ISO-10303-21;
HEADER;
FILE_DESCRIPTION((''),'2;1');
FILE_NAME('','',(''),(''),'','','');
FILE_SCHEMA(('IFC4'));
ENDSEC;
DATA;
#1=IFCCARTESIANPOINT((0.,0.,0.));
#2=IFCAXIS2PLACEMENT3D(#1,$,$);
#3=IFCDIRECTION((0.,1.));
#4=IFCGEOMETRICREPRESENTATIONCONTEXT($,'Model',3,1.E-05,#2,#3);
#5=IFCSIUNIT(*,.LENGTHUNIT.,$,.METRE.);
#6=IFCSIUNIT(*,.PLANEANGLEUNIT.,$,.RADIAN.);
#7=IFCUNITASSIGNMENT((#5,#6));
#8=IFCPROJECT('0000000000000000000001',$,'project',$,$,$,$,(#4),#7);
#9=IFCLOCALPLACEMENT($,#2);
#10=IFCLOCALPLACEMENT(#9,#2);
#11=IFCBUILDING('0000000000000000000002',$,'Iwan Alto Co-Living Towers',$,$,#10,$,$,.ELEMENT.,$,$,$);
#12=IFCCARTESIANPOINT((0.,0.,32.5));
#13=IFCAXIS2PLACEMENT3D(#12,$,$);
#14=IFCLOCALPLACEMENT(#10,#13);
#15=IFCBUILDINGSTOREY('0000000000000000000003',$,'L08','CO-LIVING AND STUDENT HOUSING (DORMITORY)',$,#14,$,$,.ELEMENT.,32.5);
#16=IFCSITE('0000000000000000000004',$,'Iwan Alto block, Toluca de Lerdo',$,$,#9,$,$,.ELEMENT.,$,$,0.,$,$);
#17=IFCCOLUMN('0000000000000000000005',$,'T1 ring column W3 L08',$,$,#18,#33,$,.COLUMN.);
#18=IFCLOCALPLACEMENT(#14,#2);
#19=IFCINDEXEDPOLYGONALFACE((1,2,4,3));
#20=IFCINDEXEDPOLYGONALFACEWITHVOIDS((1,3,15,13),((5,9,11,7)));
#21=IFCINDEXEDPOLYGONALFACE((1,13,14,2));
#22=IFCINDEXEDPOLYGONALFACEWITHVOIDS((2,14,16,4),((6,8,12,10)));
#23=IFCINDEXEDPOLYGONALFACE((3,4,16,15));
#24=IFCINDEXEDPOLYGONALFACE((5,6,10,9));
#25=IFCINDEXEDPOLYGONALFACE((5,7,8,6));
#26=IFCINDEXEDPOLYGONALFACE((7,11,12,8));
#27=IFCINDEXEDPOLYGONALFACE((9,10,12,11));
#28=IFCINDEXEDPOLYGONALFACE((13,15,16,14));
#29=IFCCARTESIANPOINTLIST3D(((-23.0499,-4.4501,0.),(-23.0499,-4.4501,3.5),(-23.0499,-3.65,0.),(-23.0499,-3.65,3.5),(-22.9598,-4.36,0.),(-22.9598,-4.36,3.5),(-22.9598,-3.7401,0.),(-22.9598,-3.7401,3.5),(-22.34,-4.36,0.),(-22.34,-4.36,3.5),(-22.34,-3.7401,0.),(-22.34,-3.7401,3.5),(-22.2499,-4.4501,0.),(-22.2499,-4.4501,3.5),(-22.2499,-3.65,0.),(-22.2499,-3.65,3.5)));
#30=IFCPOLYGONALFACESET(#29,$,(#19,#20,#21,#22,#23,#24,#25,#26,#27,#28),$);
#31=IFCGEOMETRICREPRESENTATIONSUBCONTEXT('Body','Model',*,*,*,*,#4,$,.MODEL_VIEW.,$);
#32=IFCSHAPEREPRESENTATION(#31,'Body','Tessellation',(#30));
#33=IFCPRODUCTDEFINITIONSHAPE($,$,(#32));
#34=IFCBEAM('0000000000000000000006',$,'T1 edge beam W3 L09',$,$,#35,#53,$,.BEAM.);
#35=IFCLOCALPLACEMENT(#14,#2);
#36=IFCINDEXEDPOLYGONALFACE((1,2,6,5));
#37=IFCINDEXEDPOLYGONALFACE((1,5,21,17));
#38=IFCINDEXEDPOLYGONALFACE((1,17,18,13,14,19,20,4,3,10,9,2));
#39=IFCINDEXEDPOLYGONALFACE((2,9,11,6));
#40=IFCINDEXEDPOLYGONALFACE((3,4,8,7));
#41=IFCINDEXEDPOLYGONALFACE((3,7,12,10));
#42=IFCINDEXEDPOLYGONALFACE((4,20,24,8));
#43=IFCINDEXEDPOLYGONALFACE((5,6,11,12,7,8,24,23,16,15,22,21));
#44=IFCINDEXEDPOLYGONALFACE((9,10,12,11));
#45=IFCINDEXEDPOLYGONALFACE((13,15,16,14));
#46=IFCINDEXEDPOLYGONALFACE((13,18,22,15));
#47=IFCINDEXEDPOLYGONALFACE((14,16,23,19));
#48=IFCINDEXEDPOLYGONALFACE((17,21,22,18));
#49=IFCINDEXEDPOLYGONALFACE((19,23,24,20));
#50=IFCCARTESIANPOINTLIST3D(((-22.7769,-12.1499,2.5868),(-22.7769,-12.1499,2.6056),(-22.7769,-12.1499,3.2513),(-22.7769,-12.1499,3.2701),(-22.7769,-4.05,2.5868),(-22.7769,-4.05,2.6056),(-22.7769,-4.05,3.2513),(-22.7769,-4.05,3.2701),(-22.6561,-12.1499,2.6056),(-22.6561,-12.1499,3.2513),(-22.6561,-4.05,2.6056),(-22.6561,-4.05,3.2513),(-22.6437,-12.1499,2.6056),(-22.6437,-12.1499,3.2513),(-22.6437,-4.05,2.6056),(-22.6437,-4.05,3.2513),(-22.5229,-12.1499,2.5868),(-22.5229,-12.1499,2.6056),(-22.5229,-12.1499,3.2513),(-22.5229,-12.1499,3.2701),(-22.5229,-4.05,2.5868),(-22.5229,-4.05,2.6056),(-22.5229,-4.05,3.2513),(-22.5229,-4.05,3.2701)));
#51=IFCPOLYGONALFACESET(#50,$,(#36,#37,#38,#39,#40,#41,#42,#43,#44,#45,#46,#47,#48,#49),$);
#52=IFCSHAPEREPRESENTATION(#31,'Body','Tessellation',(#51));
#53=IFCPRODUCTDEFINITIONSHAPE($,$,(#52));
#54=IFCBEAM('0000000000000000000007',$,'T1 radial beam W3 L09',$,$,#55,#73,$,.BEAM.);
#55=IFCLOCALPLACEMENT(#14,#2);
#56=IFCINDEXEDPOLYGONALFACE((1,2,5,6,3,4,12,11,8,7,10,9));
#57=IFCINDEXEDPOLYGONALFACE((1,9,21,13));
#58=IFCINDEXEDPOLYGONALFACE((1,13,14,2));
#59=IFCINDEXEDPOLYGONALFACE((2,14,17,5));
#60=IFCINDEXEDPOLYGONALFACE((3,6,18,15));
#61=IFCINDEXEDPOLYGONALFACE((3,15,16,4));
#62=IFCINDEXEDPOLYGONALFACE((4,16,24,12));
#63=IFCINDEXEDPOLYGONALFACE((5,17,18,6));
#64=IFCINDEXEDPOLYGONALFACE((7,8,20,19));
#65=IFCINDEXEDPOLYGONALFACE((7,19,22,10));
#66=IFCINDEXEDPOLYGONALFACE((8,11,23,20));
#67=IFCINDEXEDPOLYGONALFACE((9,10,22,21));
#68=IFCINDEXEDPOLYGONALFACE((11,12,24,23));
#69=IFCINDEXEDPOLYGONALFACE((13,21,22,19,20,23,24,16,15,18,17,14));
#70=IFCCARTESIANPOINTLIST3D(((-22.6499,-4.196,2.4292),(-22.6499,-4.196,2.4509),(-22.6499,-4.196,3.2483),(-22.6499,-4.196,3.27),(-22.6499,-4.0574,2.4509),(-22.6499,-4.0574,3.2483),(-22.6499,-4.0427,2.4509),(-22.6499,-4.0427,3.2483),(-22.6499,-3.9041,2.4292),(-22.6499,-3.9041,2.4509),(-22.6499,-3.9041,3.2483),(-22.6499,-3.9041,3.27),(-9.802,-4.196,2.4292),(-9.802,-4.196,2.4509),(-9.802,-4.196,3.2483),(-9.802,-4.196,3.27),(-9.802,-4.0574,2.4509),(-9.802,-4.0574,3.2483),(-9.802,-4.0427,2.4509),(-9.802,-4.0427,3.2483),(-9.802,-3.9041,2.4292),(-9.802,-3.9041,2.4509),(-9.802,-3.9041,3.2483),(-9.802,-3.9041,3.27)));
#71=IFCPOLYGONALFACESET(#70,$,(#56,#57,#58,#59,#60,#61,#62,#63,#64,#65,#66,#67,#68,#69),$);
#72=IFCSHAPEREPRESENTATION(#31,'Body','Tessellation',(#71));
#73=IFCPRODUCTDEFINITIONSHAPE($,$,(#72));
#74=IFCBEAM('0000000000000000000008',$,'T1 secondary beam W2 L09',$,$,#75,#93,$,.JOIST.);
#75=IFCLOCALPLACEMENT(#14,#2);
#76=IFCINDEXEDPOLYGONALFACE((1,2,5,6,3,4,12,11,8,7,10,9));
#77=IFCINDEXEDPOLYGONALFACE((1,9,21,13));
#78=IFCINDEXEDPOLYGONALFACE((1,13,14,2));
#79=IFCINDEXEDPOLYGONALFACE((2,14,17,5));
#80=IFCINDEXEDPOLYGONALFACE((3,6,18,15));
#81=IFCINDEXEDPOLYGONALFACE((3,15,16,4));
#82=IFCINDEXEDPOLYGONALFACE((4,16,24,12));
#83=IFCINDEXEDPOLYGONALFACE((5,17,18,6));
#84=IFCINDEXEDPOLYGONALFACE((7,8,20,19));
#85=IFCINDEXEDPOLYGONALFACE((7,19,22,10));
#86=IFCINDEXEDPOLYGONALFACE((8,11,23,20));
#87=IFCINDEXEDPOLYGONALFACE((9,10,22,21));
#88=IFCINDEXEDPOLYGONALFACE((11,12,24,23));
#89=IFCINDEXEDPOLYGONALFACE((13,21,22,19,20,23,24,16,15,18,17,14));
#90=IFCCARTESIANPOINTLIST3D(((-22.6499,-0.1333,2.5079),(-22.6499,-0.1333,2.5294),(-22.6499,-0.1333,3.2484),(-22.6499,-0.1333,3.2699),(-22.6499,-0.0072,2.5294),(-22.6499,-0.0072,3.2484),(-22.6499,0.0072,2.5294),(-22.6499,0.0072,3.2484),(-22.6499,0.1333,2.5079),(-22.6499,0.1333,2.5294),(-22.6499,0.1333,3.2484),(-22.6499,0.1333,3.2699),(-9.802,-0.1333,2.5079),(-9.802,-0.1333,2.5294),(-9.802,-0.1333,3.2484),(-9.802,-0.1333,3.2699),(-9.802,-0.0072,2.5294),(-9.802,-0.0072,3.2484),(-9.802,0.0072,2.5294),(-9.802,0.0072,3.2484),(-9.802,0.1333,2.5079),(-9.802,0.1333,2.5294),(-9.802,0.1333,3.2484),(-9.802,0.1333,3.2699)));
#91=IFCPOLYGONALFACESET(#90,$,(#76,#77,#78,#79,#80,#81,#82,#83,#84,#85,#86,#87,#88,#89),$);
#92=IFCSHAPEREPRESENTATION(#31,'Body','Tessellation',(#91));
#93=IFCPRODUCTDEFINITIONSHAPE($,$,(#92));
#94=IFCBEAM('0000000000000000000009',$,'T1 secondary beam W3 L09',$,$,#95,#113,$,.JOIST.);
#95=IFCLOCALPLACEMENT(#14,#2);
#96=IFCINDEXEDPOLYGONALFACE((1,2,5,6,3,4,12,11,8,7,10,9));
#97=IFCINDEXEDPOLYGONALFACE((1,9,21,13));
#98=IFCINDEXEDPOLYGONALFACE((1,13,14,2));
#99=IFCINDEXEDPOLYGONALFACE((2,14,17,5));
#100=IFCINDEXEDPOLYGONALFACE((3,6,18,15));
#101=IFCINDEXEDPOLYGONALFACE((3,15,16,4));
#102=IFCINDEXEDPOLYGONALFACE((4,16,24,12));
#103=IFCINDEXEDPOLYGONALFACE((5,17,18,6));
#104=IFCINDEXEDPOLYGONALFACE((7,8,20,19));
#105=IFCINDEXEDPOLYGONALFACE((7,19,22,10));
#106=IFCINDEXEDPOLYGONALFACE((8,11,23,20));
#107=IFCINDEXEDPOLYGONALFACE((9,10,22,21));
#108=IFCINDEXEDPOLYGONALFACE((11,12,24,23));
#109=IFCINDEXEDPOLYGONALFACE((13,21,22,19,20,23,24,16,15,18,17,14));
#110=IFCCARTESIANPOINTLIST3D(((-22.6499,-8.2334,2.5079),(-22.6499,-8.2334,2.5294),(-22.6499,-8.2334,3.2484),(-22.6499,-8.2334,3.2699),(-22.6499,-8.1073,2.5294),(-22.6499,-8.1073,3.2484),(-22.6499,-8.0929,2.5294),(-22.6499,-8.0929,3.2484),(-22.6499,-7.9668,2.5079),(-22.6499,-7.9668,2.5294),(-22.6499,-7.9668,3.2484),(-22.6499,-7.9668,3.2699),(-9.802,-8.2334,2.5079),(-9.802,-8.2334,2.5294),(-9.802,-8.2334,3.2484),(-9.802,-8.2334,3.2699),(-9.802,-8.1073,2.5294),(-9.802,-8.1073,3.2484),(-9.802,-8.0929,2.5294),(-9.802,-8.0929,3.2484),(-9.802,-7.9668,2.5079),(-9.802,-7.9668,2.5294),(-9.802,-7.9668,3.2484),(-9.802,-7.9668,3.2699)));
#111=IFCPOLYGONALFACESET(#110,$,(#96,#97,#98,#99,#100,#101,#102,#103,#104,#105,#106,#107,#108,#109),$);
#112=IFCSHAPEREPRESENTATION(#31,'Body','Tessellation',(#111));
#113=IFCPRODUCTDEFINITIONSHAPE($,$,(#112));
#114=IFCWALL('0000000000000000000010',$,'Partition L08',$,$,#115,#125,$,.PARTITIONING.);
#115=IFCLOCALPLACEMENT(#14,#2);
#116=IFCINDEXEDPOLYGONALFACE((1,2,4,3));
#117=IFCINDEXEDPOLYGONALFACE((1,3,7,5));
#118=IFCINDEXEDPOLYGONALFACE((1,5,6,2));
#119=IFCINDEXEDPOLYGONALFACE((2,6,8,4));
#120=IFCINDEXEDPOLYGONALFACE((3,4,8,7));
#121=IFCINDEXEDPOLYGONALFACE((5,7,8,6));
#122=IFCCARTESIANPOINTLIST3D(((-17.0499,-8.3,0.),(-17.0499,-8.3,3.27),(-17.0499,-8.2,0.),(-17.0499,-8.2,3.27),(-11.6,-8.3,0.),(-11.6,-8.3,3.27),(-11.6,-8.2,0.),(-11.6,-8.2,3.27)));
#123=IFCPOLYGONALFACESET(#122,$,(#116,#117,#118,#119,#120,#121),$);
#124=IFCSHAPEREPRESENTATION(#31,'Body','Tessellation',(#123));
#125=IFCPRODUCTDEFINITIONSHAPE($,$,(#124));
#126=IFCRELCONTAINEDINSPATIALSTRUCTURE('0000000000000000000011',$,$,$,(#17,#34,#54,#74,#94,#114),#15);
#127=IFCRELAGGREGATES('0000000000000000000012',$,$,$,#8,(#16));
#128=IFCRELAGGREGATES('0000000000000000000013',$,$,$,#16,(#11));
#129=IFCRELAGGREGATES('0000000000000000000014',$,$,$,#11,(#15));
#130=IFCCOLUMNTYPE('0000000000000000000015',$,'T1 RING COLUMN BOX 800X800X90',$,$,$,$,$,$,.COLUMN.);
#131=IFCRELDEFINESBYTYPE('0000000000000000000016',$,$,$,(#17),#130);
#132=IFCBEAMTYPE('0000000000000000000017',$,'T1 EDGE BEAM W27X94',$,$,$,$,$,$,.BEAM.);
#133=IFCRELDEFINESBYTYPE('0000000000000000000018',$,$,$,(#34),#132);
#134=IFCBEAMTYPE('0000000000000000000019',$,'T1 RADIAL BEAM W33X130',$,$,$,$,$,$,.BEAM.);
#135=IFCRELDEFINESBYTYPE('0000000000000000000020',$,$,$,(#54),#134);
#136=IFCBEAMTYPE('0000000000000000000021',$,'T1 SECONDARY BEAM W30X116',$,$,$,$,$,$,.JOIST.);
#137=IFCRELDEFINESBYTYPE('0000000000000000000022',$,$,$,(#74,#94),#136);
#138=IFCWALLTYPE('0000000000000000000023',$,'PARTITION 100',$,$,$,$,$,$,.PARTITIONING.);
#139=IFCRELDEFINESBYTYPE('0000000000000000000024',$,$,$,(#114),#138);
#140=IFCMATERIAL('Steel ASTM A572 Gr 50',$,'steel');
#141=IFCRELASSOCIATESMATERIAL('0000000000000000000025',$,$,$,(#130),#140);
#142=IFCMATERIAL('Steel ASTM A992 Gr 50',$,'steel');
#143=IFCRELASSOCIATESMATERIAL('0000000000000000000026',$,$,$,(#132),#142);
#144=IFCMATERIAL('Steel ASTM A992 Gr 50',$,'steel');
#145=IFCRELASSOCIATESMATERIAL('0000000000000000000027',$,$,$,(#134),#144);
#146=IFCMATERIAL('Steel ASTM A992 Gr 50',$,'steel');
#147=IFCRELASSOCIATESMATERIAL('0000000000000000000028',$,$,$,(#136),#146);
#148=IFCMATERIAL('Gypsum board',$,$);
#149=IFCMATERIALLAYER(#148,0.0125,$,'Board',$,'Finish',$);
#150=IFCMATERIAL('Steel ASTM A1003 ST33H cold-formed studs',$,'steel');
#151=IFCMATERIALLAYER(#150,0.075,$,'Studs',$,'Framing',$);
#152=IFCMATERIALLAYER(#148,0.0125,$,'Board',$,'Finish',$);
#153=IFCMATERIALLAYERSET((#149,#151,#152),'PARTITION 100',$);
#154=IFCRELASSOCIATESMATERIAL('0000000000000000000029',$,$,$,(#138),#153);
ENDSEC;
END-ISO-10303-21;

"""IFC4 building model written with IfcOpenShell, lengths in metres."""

from ifc_helpers import new_model, si_unit, direction, frame, frame_2d, origin, origin_2d, place, context, subcontext, project, spatial, rectangle, hollow_rectangle, i_section, extrude, material, layer, layer_set, material_profile, profile_set, type_object, element, save


model = new_model("IFC4")

# Units and contexts
model_context = context("Model", 3, precision=1e-05, world=origin(), true_north=direction((0.0, 1.0)))
body_context = subcontext(model_context, "Body", "Model", "MODEL_VIEW")
ifc_project = project(units=[si_unit("LENGTHUNIT", "METRE"), si_unit("PLANEANGLEUNIT", "RADIAN")], contexts=[model_context])

# Site, building, storey
site_placement = place(None, origin())
site = spatial("IfcSite", under=ifc_project, at=site_placement, Name="Iwan Alto block, Toluca de Lerdo", CompositionType="ELEMENT", RefElevation=0.0)
building_placement = place(site_placement, origin())
building = spatial("IfcBuilding", under=site, at=building_placement, Name="Iwan Alto Co-Living Towers", CompositionType="ELEMENT")
storey_placement = place(building_placement, frame((0.0, 0.0, 32.5)))
storey = spatial("IfcBuildingStorey", under=building, at=storey_placement, Name="L08", Description="CO-LIVING AND STUDENT HOUSING (DORMITORY)", CompositionType="ELEMENT", Elevation=32.5)

# Column
ifc_material_1 = material(Name="Steel ASTM A572 Gr 50", Category="steel")
ifc_material_profile_1 = material_profile(ifc_material_1, hollow_rectangle(XDim=0.8, YDim=0.8, WallThickness=0.0901, at=origin_2d()), Name="BOX 800X800X90")
ifc_profile_set_1 = profile_set([ifc_material_profile_1], Name="Steel ASTM A572 Gr 50")
column_type = type_object("IfcColumnType", Name="T1 RING COLUMN BOX 800X800X90", PredefinedType="COLUMN", material=ifc_profile_set_1)
column_placement = place(storey_placement, frame((-22.6499, -4.05, 0.0), z_axis=(0.0, 0.0, 1.0), x_axis=(1.0, 0.0, 0.0)))
element("IfcColumn", 1, at=column_placement, inside=storey, type_object=column_type, Name="T1 ring column W3 L08", PredefinedType="COLUMN", context=body_context, shape_type="SweptSolid", body=[
    extrude(hollow_rectangle(XDim=0.8, YDim=0.8, WallThickness=0.0901, at=origin_2d()), origin(), (0.0, 0.0, 1.0), 3.5),
])

# Beams
ifc_material_2 = material(Name="Steel ASTM A992 Gr 50", Category="steel")
ifc_material_profile_2 = material_profile(ifc_material_2, i_section(OverallWidth=0.2539, OverallDepth=0.6833, WebThickness=0.0125, FlangeThickness=0.0188, at=origin_2d()), Name="W27X94")
ifc_profile_set_2 = profile_set([ifc_material_profile_2], Name="Steel ASTM A992 Gr 50")
beam_type_1 = type_object("IfcBeamType", Name="T1 EDGE BEAM W27X94", PredefinedType="BEAM", material=ifc_profile_set_2)
beam_1_placement = place(storey_placement, frame((-22.6499, -4.05, 2.9285), z_axis=(0.0, -1.0, 0.0), x_axis=(1.0, 0.0, 0.0)))
element("IfcBeam", 2, at=beam_1_placement, inside=storey, type_object=beam_type_1, Name="T1 edge beam W3 L09", PredefinedType="BEAM", context=body_context, shape_type="SweptSolid", body=[
    extrude(i_section(OverallWidth=0.2539, OverallDepth=0.6833, WebThickness=0.0125, FlangeThickness=0.0188, at=origin_2d()), origin(), (0.0, 0.0, 1.0), 8.0999),
])
ifc_material_3 = material(Name="Steel ASTM A992 Gr 50", Category="steel")
ifc_material_profile_3 = material_profile(ifc_material_3, i_section(OverallWidth=0.292, OverallDepth=0.8408, WebThickness=0.0146, FlangeThickness=0.0217, at=origin_2d()), Name="W33X130")
ifc_profile_set_3 = profile_set([ifc_material_profile_3], Name="Steel ASTM A992 Gr 50")
beam_type_2 = type_object("IfcBeamType", Name="T1 RADIAL BEAM W33X130", PredefinedType="BEAM", material=ifc_profile_set_3)
beam_2_placement = place(storey_placement, frame((-22.6499, -4.05, 2.8496), z_axis=(1.0, 0.0, 0.0), x_axis=(0.0, 1.0, 0.0)))
element("IfcBeam", 3, at=beam_2_placement, inside=storey, type_object=beam_type_2, Name="T1 radial beam W3 L09", PredefinedType="BEAM", context=body_context, shape_type="SweptSolid", body=[
    extrude(i_section(OverallWidth=0.292, OverallDepth=0.8408, WebThickness=0.0146, FlangeThickness=0.0217, at=origin_2d()), origin(), (0.0, 0.0, 1.0), 12.8479),
])
ifc_material_4 = material(Name="Steel ASTM A992 Gr 50", Category="steel")
ifc_material_profile_4 = material_profile(ifc_material_4, i_section(OverallWidth=0.2666, OverallDepth=0.762, WebThickness=0.0144, FlangeThickness=0.0215, at=origin_2d()), Name="W30X116")
ifc_profile_set_4 = profile_set([ifc_material_profile_4], Name="Steel ASTM A992 Gr 50")
beam_type_3 = type_object("IfcBeamType", Name="T1 SECONDARY BEAM W30X116", PredefinedType="JOIST", material=ifc_profile_set_4)
for number, where, z_axis, x_axis, name in (
    (4, (-22.6499, 0.0, 2.8889), (1.0, 0.0, 0.0), (0.0, 1.0, 0.0), "T1 secondary beam W2 L09"),
    (5, (-22.6499, -8.1001, 2.8889), (1.0, 0.0, 0.0), (0.0, 1.0, 0.0), "T1 secondary beam W3 L09"),
):
    element("IfcBeam", number, at=place(storey_placement, frame(where, z_axis=z_axis, x_axis=x_axis)), inside=storey, type_object=beam_type_3, Name=name, PredefinedType="JOIST", context=body_context, shape_type="SweptSolid", body=[
        extrude(i_section(OverallWidth=0.2666, OverallDepth=0.762, WebThickness=0.0144, FlangeThickness=0.0215, at=origin_2d()), origin(), (0.0, 0.0, 1.0), 12.8479),
    ])

# Wall
ifc_material_5 = material(Name="Gypsum board")
ifc_layer_1 = layer(ifc_material_5, 0.0125, Name="Board", Category="Finish")
ifc_material_6 = material(Name="Steel ASTM A1003 ST33H cold-formed studs", Category="steel")
ifc_layer_2 = layer(ifc_material_6, 0.075, Name="Studs", Category="Framing")
ifc_layer_3 = layer(ifc_material_5, 0.0125, Name="Board", Category="Finish")
ifc_layer_set_1 = layer_set([ifc_layer_1, ifc_layer_2, ifc_layer_3], Name="PARTITION 100")
wall_type_1 = type_object("IfcWallType", Name="PARTITION 100", PredefinedType="PARTITIONING", material=ifc_layer_set_1)
wall_1_placement = place(storey_placement, frame((-17.05, -8.25, 0.0), z_axis=(0.0, 0.0, 1.0), x_axis=(1.0, 0.0, 0.0)))
element("IfcWall", 6, at=wall_1_placement, inside=storey, type_object=wall_type_1, Name="Partition L08", PredefinedType="PARTITIONING", context=body_context, shape_type="SweptSolid", body=[
    extrude(rectangle(XDim=5.45, YDim=0.1001, at=frame_2d((2.7251, 0.0))), origin(), (0.0, 0.0, 1.0), 3.27),
])

save(model, "model.ifc")
